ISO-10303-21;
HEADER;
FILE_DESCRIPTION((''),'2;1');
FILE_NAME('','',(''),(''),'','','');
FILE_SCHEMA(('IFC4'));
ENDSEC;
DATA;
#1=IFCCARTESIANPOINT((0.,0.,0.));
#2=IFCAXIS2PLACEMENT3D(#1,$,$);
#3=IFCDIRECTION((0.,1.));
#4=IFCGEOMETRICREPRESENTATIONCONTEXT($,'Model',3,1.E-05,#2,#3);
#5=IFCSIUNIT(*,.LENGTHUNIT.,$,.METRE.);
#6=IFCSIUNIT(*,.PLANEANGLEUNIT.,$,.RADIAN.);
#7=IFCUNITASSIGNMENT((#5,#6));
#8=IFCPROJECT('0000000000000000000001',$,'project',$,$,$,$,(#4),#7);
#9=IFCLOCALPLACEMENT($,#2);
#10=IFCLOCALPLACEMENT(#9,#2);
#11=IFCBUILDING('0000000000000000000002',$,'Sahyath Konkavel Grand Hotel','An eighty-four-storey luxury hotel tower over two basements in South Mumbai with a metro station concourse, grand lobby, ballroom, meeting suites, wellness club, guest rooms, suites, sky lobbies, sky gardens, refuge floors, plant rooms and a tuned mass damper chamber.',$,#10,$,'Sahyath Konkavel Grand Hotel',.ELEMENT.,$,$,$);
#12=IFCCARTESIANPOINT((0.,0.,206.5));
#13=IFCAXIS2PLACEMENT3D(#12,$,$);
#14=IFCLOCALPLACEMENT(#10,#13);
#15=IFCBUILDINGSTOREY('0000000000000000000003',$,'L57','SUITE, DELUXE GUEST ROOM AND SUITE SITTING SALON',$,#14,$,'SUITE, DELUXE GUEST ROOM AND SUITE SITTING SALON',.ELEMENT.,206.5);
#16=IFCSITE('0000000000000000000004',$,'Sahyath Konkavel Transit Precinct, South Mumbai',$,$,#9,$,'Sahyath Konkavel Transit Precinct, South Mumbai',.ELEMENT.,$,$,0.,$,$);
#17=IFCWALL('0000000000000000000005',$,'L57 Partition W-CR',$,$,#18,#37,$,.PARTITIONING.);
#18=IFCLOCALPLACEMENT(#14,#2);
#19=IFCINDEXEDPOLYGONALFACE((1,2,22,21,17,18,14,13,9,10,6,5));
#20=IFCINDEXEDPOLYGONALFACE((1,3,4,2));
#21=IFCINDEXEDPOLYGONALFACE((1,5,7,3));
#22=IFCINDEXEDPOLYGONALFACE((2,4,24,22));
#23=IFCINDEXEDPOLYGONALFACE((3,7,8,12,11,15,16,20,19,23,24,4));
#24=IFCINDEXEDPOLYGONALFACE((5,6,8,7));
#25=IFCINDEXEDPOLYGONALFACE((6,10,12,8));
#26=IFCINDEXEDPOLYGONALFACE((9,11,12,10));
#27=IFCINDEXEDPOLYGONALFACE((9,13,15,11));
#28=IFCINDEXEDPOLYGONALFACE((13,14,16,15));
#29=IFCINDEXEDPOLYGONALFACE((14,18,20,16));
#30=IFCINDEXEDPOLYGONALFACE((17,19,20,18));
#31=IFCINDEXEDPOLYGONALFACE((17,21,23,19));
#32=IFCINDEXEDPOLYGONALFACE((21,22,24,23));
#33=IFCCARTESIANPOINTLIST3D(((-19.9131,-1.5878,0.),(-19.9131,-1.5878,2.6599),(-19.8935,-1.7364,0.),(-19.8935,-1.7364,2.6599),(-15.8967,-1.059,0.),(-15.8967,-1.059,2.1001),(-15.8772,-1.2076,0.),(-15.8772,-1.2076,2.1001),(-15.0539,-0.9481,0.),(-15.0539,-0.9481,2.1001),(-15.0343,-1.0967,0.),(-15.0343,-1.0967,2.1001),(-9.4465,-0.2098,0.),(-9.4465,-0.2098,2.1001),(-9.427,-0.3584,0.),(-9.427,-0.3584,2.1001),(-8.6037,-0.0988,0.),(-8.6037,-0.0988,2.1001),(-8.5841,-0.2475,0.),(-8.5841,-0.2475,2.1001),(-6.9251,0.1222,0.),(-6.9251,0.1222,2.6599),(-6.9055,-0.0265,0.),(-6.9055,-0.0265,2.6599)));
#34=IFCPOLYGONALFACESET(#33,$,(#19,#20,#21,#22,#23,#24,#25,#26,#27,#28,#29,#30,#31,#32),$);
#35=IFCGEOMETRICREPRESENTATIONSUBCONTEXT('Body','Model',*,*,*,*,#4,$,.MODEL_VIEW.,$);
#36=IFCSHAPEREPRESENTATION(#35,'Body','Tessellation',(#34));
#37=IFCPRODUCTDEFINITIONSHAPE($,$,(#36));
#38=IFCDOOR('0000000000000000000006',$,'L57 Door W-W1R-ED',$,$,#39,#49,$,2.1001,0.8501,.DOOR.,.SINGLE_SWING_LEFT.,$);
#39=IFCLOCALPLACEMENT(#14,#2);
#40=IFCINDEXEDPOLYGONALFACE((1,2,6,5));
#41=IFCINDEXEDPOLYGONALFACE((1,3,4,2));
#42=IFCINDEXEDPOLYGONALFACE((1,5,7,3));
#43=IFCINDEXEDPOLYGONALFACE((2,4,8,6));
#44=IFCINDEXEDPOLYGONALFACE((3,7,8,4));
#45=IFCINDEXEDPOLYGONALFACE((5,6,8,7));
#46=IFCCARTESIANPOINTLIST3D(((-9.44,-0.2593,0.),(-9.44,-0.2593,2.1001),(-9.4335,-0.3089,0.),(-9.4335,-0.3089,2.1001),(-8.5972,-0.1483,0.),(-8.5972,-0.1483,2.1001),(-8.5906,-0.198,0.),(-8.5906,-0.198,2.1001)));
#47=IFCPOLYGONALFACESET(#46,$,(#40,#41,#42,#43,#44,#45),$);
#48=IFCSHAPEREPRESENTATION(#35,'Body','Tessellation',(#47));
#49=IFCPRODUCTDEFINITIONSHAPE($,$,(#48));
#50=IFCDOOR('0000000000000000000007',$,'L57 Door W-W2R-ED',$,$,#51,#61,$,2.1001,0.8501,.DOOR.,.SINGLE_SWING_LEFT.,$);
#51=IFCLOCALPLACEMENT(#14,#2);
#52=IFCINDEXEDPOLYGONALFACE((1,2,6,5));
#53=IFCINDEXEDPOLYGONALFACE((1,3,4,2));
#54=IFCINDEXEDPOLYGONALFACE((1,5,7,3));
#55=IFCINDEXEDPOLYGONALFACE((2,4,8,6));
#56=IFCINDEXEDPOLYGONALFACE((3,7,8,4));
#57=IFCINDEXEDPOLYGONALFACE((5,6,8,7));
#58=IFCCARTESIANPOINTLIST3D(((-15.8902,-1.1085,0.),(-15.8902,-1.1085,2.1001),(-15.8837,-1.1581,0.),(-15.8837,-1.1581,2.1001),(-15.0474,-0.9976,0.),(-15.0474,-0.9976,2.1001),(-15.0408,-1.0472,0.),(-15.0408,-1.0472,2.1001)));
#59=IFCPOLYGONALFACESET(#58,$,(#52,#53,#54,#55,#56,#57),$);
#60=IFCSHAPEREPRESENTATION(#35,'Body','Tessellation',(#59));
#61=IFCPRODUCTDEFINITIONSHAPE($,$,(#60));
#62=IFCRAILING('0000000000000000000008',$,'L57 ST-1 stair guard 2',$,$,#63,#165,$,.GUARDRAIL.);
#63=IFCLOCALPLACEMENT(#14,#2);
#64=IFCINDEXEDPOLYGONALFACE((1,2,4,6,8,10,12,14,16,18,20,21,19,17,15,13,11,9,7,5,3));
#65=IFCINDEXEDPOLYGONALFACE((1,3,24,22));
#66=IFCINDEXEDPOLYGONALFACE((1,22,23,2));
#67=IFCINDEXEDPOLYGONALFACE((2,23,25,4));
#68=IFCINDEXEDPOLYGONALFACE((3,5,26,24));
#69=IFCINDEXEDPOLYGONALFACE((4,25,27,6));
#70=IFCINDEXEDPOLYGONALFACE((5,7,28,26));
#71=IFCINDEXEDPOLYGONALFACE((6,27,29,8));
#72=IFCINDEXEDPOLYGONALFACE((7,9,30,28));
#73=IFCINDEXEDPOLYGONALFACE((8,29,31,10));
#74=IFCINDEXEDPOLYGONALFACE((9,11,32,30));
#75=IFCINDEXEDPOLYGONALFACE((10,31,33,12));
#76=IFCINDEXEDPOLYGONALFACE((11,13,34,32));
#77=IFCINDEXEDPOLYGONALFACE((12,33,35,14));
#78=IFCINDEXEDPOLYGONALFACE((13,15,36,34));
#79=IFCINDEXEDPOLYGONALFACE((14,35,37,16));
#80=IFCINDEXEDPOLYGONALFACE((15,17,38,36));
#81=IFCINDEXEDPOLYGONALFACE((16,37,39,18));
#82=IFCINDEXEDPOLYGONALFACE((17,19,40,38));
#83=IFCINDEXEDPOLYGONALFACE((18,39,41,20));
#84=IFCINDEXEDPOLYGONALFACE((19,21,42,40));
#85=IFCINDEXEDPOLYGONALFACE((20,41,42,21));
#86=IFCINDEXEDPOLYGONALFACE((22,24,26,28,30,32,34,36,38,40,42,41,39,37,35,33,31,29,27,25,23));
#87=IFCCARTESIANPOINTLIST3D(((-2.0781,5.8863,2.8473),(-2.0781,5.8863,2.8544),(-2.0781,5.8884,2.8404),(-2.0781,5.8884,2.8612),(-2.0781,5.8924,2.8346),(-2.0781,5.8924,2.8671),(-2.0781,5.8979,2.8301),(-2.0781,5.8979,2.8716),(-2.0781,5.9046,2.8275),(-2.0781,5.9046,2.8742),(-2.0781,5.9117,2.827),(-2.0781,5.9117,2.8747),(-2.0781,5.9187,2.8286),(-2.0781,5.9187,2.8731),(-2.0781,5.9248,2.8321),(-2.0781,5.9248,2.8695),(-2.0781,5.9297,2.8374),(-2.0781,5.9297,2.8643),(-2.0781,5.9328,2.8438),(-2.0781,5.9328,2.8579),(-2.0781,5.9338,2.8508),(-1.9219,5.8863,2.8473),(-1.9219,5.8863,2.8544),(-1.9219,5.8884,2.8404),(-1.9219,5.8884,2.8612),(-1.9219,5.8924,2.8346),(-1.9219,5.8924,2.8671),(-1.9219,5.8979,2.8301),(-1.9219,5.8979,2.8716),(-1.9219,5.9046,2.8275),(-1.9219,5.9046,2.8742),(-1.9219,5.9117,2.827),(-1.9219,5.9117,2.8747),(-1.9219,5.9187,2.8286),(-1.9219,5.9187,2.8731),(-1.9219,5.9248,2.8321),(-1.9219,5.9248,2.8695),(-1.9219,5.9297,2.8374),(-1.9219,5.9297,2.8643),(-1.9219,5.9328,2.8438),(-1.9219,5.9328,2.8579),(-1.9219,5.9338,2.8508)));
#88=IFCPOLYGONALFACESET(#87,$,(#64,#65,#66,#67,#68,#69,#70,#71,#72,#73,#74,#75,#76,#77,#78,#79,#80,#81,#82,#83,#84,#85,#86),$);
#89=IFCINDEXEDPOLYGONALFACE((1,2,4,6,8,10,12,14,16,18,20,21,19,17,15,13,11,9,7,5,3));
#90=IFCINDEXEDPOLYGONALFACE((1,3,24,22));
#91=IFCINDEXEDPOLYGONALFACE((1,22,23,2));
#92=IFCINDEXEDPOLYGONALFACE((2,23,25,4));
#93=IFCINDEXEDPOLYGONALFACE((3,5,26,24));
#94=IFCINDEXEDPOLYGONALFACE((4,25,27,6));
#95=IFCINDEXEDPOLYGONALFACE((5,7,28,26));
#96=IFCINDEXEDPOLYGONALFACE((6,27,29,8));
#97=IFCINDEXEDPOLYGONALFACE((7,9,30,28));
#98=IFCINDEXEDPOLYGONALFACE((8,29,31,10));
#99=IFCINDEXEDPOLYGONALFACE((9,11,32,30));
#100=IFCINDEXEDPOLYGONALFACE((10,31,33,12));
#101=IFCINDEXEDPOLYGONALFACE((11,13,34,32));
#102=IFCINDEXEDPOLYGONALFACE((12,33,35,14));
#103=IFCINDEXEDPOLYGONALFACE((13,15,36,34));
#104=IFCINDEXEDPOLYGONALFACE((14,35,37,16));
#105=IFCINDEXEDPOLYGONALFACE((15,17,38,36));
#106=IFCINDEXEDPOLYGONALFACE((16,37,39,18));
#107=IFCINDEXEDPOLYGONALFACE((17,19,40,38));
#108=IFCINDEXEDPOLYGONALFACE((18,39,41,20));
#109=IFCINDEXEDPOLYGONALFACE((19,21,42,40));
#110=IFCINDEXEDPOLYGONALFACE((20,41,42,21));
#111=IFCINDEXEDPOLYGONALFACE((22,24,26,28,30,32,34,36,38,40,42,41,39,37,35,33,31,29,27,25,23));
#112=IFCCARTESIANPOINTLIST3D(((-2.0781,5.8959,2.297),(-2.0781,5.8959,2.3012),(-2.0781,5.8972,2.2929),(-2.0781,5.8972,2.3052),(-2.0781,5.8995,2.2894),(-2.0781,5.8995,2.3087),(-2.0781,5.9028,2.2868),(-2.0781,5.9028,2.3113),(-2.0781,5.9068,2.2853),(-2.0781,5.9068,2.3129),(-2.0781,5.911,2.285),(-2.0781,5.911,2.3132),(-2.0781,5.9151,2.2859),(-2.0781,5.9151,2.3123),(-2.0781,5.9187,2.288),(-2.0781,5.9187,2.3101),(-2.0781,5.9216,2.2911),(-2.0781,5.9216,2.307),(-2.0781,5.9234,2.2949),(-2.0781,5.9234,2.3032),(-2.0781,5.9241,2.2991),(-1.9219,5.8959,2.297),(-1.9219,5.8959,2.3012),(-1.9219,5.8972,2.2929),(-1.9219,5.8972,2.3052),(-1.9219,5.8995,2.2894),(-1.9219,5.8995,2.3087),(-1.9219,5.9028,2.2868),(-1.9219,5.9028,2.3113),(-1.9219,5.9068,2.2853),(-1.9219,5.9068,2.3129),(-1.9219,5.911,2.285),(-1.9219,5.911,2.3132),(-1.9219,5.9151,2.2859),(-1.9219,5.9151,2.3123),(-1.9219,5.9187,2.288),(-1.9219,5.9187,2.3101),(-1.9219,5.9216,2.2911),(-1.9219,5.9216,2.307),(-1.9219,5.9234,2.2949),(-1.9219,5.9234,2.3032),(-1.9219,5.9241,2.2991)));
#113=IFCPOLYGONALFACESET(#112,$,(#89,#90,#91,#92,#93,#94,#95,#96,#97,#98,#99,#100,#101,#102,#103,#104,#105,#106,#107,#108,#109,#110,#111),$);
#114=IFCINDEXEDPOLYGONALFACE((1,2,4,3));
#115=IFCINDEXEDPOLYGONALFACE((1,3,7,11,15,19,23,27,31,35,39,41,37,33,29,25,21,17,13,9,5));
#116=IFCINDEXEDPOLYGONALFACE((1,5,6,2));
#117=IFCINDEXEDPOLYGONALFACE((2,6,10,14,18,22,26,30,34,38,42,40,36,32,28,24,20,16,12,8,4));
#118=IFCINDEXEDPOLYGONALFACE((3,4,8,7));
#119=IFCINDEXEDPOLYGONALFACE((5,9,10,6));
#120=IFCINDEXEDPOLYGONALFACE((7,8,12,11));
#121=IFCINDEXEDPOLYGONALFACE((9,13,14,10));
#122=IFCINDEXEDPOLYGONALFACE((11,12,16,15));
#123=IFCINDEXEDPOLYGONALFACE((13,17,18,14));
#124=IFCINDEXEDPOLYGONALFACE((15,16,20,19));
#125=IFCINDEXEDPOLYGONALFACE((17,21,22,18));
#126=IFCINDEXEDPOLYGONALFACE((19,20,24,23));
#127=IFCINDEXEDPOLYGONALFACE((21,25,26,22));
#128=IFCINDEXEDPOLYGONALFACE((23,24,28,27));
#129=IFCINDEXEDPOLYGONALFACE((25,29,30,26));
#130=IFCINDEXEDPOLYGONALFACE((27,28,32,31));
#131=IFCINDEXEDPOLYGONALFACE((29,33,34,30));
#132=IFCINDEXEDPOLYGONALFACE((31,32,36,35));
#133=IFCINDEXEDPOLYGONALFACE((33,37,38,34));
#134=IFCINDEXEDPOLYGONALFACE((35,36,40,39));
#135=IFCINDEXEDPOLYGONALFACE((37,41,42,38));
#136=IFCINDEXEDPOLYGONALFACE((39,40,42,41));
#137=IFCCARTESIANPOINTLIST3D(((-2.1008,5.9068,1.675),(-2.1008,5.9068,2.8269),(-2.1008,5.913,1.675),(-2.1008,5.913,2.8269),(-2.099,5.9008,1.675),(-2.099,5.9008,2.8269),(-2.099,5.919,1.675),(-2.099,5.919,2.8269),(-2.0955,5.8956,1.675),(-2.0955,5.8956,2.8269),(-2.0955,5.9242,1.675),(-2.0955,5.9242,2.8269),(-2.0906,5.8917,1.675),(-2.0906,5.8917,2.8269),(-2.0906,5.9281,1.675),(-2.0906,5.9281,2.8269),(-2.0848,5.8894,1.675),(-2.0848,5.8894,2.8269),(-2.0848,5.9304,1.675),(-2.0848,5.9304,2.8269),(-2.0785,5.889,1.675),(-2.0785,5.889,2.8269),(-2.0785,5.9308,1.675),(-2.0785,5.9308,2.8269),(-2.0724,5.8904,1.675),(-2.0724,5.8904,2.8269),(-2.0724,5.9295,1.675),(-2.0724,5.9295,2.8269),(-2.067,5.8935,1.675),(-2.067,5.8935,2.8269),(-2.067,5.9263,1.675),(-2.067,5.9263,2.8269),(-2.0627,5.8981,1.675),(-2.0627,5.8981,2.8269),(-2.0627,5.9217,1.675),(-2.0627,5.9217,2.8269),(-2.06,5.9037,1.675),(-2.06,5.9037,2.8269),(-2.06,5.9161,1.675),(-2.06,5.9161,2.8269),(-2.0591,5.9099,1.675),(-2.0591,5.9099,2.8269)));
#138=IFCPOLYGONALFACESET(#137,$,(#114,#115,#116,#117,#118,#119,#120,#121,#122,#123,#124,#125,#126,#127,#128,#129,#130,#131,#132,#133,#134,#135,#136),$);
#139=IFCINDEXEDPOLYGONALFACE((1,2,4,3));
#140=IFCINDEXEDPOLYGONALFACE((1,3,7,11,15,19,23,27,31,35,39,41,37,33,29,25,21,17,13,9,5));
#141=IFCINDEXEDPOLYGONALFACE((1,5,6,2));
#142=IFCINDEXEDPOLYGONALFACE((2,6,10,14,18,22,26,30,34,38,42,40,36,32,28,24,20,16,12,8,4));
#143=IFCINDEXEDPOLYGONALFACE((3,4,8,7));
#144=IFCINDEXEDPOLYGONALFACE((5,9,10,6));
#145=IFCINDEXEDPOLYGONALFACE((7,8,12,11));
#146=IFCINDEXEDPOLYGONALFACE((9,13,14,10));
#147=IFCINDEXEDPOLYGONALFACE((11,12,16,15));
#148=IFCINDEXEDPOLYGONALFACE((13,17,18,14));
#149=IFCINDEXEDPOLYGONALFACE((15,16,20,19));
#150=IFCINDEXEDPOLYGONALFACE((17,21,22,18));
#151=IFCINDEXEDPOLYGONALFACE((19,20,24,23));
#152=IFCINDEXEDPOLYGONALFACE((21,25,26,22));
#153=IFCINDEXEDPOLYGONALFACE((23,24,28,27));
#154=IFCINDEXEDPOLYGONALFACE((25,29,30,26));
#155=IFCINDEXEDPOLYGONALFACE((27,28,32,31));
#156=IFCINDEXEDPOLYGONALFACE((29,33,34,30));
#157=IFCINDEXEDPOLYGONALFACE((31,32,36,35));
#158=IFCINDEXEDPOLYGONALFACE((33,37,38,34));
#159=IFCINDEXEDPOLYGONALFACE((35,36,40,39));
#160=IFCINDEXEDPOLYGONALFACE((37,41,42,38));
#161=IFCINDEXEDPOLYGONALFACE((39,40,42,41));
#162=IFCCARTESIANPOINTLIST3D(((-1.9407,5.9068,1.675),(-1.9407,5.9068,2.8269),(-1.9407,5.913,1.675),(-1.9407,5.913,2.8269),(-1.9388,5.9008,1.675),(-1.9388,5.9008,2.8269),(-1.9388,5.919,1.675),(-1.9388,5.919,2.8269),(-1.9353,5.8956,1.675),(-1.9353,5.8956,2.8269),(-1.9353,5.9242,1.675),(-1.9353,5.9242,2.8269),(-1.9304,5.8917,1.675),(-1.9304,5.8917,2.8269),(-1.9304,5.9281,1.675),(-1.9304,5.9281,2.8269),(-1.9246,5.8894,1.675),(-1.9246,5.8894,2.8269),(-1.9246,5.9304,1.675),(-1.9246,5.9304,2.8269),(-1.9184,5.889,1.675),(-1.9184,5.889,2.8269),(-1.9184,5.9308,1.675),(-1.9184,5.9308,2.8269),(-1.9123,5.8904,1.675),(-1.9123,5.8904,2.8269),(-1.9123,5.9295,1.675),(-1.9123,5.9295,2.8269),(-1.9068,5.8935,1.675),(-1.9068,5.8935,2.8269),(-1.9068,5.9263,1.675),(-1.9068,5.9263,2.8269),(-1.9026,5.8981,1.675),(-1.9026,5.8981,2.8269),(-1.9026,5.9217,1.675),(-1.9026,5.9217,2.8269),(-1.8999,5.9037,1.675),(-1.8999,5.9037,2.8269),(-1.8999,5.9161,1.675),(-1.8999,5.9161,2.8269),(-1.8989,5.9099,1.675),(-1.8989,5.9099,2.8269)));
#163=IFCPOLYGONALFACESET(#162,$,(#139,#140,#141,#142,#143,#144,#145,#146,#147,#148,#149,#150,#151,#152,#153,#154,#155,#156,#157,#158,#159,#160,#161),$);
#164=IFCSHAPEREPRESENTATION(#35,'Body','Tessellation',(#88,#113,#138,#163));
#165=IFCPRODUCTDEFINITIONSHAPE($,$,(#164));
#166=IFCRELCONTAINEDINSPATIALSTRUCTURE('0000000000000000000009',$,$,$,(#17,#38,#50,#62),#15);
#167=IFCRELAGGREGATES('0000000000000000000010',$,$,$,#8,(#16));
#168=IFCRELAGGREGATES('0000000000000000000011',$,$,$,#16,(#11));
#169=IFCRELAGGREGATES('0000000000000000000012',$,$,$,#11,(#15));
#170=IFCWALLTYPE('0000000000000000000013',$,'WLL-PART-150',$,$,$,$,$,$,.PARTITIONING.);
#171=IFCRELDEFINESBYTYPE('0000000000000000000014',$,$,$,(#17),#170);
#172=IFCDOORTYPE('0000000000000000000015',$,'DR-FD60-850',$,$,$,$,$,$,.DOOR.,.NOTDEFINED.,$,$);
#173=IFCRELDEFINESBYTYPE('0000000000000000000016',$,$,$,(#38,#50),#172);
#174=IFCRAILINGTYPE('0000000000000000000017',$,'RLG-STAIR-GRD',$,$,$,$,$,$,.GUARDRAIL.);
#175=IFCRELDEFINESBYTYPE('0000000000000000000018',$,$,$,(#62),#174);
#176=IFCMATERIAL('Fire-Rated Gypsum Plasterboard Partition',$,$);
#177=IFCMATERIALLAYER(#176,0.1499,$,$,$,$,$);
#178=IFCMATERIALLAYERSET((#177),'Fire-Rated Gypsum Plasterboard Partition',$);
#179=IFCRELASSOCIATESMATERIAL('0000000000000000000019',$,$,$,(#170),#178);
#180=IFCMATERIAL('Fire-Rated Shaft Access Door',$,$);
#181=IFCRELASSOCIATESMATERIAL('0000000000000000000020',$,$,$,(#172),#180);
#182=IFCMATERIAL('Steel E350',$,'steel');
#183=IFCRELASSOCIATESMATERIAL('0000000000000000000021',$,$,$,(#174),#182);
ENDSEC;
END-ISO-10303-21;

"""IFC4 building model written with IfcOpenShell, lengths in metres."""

from ifc_helpers import new_model, si_unit, direction, frame, frame_2d, origin, origin_2d, place, context, subcontext, project, spatial, rectangle, circle, extrude, source, transform, mapped, material, layer, layer_set, type_object, element, fill, save


model = new_model("IFC4")

# Units and contexts
model_context = context("Model", 3, precision=1e-05, world=origin(), true_north=direction((0.0, 1.0)))
body_context = subcontext(model_context, "Body", "Model", "MODEL_VIEW")
ifc_project = project(units=[si_unit("LENGTHUNIT", "METRE"), si_unit("PLANEANGLEUNIT", "RADIAN")], contexts=[model_context])

# Site, building, storey
site_placement = place(None, origin())
site = spatial("IfcSite", under=ifc_project, at=site_placement, Name="Sahyath Konkavel Transit Precinct, South Mumbai", LongName="Sahyath Konkavel Transit Precinct, South Mumbai", CompositionType="ELEMENT", RefElevation=0.0)
building_placement = place(site_placement, origin())
building = spatial("IfcBuilding", under=site, at=building_placement, Name="Sahyath Konkavel Grand Hotel", Description="An eighty-four-storey luxury hotel tower over two basements in South Mumbai with a metro station concourse, grand lobby, ballroom, meeting suites, wellness club, guest rooms, suites, sky lobbies, sky gardens, refuge floors, plant rooms and a tuned mass damper chamber.", LongName="Sahyath Konkavel Grand Hotel", CompositionType="ELEMENT")
storey_placement = place(building_placement, frame((0.0, 0.0, 206.5)))
storey = spatial("IfcBuildingStorey", under=building, at=storey_placement, Name="L57", Description="SUITE, DELUXE GUEST ROOM AND SUITE SITTING SALON", LongName="SUITE, DELUXE GUEST ROOM AND SUITE SITTING SALON", CompositionType="ELEMENT", Elevation=206.5)

# Shared definitions
ifc_material_1 = material(Name="Steel E350", Category="steel")

# Shared definitions
ifc_material_2 = material(Name="Fire-Rated Gypsum Plasterboard Partition")
ifc_layer_1 = layer(ifc_material_2, 0.1499)
ifc_layer_set_1 = layer_set([ifc_layer_1], Name="Fire-Rated Gypsum Plasterboard Partition")
wall_type_1 = type_object("IfcWallType", Name="WLL-PART-150", PredefinedType="PARTITIONING", material=ifc_layer_set_1)

# Shared definitions
ifc_material_3 = material(Name="Fire-Rated Shaft Access Door")
door_type_1 = type_object("IfcDoorType", Name="DR-FD60-850", OperationType="NOTDEFINED", PredefinedType="DOOR", material=ifc_material_3)
shared_shape_1 = source(origin(), body_context, "Body", "SweptSolid", [
    extrude(rectangle(XDim=0.8501, YDim=0.05, at=origin_2d()), origin(), (0.0, 0.0, 1.0), 2.1001),
])

# Wall, openings, doors
wall_1_placement = place(storey_placement, frame((-6.9153, 0.0479, 0.0), z_axis=(0.0, 0.0, 1.0), x_axis=(-0.991444, -0.13053, 0.0)))
wall_1 = element("IfcWall", 1, at=wall_1_placement, inside=storey, type_object=wall_type_1, Name="L57 Partition W-CR", PredefinedType="PARTITIONING", context=body_context, shape_type="SweptSolid", body=[
    extrude(rectangle(XDim=13.1001, YDim=0.1499, at=frame_2d((6.55, 0.0))), origin(), (0.0, 0.0, 1.0), 2.6599),
])
opening_1_placement = place(wall_1_placement, frame((1.6931, 0.0, 0.0)))
opening_1 = element("IfcOpeningElement", 2, at=opening_1_placement, cuts=wall_1, PredefinedType="OPENING", context=body_context, shape_type="SweptSolid", body=[
    extrude(rectangle(XDim=0.8501, YDim=2.1001, at=frame_2d((0.425, 1.05))), frame((0.0, 0.085, 0.0), z_axis=(0.0, -1.0, 0.0), x_axis=(1.0, 0.0, 0.0)), (0.0, 0.0, 1.0), 0.1699),
])
opening_2_placement = place(wall_1_placement, frame((8.199, 0.0, 0.0)))
opening_2 = element("IfcOpeningElement", 3, at=opening_2_placement, cuts=wall_1, PredefinedType="OPENING", context=body_context, shape_type="SweptSolid", body=[
    extrude(rectangle(XDim=0.8501, YDim=2.1001, at=frame_2d((0.425, 1.05))), frame((0.0, 0.085, 0.0), z_axis=(0.0, -1.0, 0.0), x_axis=(1.0, 0.0, 0.0)), (0.0, 0.0, 1.0), 0.1699),
])
door_1_placement = place(opening_1_placement, frame((0.425, 0.0, 0.0)))
door_1 = element("IfcDoor", 4, at=door_1_placement, inside=storey, type_object=door_type_1, Name="L57 Door W-W1R-ED", OperationType="SINGLE_SWING_LEFT", OverallHeight=2.1001, OverallWidth=0.8501, PredefinedType="DOOR", context=body_context, shape_type="MappedRepresentation", body=[
    mapped(shared_shape_1, transform((0.0, 0.0, 0.0), scale=1.0)),
])
fill(opening_1, door_1)
door_2_placement = place(opening_2_placement, frame((0.425, 0.0, 0.0)))
door_2 = element("IfcDoor", 5, at=door_2_placement, inside=storey, type_object=door_type_1, Name="L57 Door W-W2R-ED", OperationType="SINGLE_SWING_LEFT", OverallHeight=2.1001, OverallWidth=0.8501, PredefinedType="DOOR", context=body_context, shape_type="MappedRepresentation", body=[
    mapped(shared_shape_1, transform((0.0, 0.0, 0.0), scale=1.0)),
])
fill(opening_2, door_2)

# Railing
railing_type = type_object("IfcRailingType", Name="RLG-STAIR-GRD", PredefinedType="GUARDRAIL", material=ifc_material_1)
railing_1_placement = place(storey_placement, frame((-2.0801, 5.9099, 1.675)))
element("IfcRailing", 6, at=railing_1_placement, inside=storey, type_object=railing_type, Name="L57 ST-1 stair guard 2", PredefinedType="GUARDRAIL", context=body_context, shape_type="SweptSolid", body=[
    extrude(circle(Radius=0.0239, at=origin_2d()), frame((0.002, 0.0, 1.1758), z_axis=(1.0, 0.0, 0.0), x_axis=(0.0, 1.0, 0.0)), (0.0, 0.0, 1.0), 0.1562),
    extrude(circle(Radius=0.0142, at=origin_2d()), frame((0.002, 0.0, 0.624), z_axis=(1.0, 0.0, 0.0), x_axis=(0.0, 1.0, 0.0)), (0.0, 0.0, 1.0), 0.1562),
    extrude(circle(Radius=0.021, at=origin_2d()), origin(), (0.0, 0.0, 1.0), 1.1519),
    extrude(circle(Radius=0.021, at=origin_2d()), frame((0.1602, 0.0, 0.0)), (0.0, 0.0, 1.0), 1.1519),
])

save(model, "model.ifc")
